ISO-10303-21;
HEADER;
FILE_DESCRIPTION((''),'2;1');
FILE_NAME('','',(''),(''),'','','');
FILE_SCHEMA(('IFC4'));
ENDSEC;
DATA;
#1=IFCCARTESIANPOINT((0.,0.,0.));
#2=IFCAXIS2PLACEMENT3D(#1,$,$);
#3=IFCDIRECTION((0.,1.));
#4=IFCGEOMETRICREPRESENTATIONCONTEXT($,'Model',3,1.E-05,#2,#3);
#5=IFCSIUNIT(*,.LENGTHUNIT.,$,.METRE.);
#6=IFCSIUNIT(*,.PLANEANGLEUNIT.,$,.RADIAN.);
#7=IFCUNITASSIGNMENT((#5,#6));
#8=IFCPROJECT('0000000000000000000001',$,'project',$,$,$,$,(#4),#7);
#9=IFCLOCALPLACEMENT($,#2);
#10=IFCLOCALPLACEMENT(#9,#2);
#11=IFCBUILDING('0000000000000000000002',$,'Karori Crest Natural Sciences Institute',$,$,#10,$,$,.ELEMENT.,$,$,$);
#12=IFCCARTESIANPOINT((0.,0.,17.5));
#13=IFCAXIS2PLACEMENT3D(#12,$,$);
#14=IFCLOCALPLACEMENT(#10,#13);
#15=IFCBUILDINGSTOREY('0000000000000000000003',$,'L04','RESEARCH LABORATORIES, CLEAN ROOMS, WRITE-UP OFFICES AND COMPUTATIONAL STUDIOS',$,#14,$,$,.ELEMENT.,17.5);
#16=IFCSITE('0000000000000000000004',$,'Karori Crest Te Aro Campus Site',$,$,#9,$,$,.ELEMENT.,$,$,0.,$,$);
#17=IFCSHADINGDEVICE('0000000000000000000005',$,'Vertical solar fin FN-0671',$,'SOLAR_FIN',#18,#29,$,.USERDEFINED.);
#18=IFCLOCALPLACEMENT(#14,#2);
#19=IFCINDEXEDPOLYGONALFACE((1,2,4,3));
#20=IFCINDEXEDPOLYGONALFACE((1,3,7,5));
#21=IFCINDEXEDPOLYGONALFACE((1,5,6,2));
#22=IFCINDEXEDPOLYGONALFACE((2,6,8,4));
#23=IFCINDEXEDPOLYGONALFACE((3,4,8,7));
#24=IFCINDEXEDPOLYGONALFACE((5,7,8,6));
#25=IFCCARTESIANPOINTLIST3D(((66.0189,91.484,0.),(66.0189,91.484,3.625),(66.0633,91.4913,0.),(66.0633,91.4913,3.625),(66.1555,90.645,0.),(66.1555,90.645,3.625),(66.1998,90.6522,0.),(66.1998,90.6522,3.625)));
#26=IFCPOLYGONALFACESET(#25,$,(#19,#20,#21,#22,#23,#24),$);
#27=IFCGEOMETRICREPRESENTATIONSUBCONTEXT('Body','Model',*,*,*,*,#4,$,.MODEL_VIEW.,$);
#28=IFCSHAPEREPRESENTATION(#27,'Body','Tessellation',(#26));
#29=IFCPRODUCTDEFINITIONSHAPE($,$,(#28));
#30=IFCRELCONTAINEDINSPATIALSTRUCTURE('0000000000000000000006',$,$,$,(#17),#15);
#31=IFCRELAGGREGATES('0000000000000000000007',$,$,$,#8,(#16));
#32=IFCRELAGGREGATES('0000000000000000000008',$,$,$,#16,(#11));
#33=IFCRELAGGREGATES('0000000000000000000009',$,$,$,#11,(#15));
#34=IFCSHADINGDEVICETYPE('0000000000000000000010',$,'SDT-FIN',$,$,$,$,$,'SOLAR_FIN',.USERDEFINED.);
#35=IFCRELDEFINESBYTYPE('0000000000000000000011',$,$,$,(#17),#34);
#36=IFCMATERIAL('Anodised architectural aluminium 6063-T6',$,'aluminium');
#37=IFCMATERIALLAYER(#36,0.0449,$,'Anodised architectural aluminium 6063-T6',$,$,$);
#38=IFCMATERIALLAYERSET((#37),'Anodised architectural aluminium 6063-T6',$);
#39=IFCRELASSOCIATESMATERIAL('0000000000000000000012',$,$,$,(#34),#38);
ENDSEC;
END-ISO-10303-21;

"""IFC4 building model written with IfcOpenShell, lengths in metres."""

from ifc_helpers import new_model, si_unit, direction, frame, origin, origin_2d, place, context, subcontext, project, spatial, rectangle, extrude, material, layer, layer_set, type_object, element, save


model = new_model("IFC4")

# Units and contexts
model_context = context("Model", 3, precision=1e-05, world=origin(), true_north=direction((0.0, 1.0)))
body_context = subcontext(model_context, "Body", "Model", "MODEL_VIEW")
ifc_project = project(units=[si_unit("LENGTHUNIT", "METRE"), si_unit("PLANEANGLEUNIT", "RADIAN")], contexts=[model_context])

# Site, building, storey
site_placement = place(None, origin())
site = spatial("IfcSite", under=ifc_project, at=site_placement, Name="Karori Crest Te Aro Campus Site", CompositionType="ELEMENT", RefElevation=0.0)
building_placement = place(site_placement, origin())
building = spatial("IfcBuilding", under=site, at=building_placement, Name="Karori Crest Natural Sciences Institute", CompositionType="ELEMENT")
storey_placement = place(building_placement, frame((0.0, 0.0, 17.5)))
storey = spatial("IfcBuildingStorey", under=building, at=storey_placement, Name="L04", Description="RESEARCH LABORATORIES, CLEAN ROOMS, WRITE-UP OFFICES AND COMPUTATIONAL STUDIOS", CompositionType="ELEMENT", Elevation=17.5)

# Shared definitions
ifc_material_1 = material(Name="Anodised architectural aluminium 6063-T6", Category="aluminium")

# Shading device
ifc_layer_1 = layer(ifc_material_1, 0.0449, Name="Anodised architectural aluminium 6063-T6")
ifc_layer_set_1 = layer_set([ifc_layer_1], Name="Anodised architectural aluminium 6063-T6")
shading_device_type = type_object("IfcShadingDeviceType", Name="SDT-FIN", ElementType="SOLAR_FIN", PredefinedType="USERDEFINED", material=ifc_layer_set_1)
for number, where, z_axis, x_axis, name in (
    (1, (66.1094, 91.0681, 0.0), (0.0, 0.0, 1.0), (-0.16065, 0.987012, 0.0), "Vertical solar fin FN-0671"),
):
    element("IfcShadingDevice", number, at=place(storey_placement, frame(where, z_axis=z_axis, x_axis=x_axis)), inside=storey, type_object=shading_device_type, Name=name, ObjectType="SOLAR_FIN", PredefinedType="USERDEFINED", context=body_context, shape_type="SweptSolid", body=[
        extrude(rectangle(XDim=0.8501, YDim=0.0449, at=origin_2d()), origin(), (0.0, 0.0, 1.0), 3.625),
    ])

save(model, "model.ifc")
